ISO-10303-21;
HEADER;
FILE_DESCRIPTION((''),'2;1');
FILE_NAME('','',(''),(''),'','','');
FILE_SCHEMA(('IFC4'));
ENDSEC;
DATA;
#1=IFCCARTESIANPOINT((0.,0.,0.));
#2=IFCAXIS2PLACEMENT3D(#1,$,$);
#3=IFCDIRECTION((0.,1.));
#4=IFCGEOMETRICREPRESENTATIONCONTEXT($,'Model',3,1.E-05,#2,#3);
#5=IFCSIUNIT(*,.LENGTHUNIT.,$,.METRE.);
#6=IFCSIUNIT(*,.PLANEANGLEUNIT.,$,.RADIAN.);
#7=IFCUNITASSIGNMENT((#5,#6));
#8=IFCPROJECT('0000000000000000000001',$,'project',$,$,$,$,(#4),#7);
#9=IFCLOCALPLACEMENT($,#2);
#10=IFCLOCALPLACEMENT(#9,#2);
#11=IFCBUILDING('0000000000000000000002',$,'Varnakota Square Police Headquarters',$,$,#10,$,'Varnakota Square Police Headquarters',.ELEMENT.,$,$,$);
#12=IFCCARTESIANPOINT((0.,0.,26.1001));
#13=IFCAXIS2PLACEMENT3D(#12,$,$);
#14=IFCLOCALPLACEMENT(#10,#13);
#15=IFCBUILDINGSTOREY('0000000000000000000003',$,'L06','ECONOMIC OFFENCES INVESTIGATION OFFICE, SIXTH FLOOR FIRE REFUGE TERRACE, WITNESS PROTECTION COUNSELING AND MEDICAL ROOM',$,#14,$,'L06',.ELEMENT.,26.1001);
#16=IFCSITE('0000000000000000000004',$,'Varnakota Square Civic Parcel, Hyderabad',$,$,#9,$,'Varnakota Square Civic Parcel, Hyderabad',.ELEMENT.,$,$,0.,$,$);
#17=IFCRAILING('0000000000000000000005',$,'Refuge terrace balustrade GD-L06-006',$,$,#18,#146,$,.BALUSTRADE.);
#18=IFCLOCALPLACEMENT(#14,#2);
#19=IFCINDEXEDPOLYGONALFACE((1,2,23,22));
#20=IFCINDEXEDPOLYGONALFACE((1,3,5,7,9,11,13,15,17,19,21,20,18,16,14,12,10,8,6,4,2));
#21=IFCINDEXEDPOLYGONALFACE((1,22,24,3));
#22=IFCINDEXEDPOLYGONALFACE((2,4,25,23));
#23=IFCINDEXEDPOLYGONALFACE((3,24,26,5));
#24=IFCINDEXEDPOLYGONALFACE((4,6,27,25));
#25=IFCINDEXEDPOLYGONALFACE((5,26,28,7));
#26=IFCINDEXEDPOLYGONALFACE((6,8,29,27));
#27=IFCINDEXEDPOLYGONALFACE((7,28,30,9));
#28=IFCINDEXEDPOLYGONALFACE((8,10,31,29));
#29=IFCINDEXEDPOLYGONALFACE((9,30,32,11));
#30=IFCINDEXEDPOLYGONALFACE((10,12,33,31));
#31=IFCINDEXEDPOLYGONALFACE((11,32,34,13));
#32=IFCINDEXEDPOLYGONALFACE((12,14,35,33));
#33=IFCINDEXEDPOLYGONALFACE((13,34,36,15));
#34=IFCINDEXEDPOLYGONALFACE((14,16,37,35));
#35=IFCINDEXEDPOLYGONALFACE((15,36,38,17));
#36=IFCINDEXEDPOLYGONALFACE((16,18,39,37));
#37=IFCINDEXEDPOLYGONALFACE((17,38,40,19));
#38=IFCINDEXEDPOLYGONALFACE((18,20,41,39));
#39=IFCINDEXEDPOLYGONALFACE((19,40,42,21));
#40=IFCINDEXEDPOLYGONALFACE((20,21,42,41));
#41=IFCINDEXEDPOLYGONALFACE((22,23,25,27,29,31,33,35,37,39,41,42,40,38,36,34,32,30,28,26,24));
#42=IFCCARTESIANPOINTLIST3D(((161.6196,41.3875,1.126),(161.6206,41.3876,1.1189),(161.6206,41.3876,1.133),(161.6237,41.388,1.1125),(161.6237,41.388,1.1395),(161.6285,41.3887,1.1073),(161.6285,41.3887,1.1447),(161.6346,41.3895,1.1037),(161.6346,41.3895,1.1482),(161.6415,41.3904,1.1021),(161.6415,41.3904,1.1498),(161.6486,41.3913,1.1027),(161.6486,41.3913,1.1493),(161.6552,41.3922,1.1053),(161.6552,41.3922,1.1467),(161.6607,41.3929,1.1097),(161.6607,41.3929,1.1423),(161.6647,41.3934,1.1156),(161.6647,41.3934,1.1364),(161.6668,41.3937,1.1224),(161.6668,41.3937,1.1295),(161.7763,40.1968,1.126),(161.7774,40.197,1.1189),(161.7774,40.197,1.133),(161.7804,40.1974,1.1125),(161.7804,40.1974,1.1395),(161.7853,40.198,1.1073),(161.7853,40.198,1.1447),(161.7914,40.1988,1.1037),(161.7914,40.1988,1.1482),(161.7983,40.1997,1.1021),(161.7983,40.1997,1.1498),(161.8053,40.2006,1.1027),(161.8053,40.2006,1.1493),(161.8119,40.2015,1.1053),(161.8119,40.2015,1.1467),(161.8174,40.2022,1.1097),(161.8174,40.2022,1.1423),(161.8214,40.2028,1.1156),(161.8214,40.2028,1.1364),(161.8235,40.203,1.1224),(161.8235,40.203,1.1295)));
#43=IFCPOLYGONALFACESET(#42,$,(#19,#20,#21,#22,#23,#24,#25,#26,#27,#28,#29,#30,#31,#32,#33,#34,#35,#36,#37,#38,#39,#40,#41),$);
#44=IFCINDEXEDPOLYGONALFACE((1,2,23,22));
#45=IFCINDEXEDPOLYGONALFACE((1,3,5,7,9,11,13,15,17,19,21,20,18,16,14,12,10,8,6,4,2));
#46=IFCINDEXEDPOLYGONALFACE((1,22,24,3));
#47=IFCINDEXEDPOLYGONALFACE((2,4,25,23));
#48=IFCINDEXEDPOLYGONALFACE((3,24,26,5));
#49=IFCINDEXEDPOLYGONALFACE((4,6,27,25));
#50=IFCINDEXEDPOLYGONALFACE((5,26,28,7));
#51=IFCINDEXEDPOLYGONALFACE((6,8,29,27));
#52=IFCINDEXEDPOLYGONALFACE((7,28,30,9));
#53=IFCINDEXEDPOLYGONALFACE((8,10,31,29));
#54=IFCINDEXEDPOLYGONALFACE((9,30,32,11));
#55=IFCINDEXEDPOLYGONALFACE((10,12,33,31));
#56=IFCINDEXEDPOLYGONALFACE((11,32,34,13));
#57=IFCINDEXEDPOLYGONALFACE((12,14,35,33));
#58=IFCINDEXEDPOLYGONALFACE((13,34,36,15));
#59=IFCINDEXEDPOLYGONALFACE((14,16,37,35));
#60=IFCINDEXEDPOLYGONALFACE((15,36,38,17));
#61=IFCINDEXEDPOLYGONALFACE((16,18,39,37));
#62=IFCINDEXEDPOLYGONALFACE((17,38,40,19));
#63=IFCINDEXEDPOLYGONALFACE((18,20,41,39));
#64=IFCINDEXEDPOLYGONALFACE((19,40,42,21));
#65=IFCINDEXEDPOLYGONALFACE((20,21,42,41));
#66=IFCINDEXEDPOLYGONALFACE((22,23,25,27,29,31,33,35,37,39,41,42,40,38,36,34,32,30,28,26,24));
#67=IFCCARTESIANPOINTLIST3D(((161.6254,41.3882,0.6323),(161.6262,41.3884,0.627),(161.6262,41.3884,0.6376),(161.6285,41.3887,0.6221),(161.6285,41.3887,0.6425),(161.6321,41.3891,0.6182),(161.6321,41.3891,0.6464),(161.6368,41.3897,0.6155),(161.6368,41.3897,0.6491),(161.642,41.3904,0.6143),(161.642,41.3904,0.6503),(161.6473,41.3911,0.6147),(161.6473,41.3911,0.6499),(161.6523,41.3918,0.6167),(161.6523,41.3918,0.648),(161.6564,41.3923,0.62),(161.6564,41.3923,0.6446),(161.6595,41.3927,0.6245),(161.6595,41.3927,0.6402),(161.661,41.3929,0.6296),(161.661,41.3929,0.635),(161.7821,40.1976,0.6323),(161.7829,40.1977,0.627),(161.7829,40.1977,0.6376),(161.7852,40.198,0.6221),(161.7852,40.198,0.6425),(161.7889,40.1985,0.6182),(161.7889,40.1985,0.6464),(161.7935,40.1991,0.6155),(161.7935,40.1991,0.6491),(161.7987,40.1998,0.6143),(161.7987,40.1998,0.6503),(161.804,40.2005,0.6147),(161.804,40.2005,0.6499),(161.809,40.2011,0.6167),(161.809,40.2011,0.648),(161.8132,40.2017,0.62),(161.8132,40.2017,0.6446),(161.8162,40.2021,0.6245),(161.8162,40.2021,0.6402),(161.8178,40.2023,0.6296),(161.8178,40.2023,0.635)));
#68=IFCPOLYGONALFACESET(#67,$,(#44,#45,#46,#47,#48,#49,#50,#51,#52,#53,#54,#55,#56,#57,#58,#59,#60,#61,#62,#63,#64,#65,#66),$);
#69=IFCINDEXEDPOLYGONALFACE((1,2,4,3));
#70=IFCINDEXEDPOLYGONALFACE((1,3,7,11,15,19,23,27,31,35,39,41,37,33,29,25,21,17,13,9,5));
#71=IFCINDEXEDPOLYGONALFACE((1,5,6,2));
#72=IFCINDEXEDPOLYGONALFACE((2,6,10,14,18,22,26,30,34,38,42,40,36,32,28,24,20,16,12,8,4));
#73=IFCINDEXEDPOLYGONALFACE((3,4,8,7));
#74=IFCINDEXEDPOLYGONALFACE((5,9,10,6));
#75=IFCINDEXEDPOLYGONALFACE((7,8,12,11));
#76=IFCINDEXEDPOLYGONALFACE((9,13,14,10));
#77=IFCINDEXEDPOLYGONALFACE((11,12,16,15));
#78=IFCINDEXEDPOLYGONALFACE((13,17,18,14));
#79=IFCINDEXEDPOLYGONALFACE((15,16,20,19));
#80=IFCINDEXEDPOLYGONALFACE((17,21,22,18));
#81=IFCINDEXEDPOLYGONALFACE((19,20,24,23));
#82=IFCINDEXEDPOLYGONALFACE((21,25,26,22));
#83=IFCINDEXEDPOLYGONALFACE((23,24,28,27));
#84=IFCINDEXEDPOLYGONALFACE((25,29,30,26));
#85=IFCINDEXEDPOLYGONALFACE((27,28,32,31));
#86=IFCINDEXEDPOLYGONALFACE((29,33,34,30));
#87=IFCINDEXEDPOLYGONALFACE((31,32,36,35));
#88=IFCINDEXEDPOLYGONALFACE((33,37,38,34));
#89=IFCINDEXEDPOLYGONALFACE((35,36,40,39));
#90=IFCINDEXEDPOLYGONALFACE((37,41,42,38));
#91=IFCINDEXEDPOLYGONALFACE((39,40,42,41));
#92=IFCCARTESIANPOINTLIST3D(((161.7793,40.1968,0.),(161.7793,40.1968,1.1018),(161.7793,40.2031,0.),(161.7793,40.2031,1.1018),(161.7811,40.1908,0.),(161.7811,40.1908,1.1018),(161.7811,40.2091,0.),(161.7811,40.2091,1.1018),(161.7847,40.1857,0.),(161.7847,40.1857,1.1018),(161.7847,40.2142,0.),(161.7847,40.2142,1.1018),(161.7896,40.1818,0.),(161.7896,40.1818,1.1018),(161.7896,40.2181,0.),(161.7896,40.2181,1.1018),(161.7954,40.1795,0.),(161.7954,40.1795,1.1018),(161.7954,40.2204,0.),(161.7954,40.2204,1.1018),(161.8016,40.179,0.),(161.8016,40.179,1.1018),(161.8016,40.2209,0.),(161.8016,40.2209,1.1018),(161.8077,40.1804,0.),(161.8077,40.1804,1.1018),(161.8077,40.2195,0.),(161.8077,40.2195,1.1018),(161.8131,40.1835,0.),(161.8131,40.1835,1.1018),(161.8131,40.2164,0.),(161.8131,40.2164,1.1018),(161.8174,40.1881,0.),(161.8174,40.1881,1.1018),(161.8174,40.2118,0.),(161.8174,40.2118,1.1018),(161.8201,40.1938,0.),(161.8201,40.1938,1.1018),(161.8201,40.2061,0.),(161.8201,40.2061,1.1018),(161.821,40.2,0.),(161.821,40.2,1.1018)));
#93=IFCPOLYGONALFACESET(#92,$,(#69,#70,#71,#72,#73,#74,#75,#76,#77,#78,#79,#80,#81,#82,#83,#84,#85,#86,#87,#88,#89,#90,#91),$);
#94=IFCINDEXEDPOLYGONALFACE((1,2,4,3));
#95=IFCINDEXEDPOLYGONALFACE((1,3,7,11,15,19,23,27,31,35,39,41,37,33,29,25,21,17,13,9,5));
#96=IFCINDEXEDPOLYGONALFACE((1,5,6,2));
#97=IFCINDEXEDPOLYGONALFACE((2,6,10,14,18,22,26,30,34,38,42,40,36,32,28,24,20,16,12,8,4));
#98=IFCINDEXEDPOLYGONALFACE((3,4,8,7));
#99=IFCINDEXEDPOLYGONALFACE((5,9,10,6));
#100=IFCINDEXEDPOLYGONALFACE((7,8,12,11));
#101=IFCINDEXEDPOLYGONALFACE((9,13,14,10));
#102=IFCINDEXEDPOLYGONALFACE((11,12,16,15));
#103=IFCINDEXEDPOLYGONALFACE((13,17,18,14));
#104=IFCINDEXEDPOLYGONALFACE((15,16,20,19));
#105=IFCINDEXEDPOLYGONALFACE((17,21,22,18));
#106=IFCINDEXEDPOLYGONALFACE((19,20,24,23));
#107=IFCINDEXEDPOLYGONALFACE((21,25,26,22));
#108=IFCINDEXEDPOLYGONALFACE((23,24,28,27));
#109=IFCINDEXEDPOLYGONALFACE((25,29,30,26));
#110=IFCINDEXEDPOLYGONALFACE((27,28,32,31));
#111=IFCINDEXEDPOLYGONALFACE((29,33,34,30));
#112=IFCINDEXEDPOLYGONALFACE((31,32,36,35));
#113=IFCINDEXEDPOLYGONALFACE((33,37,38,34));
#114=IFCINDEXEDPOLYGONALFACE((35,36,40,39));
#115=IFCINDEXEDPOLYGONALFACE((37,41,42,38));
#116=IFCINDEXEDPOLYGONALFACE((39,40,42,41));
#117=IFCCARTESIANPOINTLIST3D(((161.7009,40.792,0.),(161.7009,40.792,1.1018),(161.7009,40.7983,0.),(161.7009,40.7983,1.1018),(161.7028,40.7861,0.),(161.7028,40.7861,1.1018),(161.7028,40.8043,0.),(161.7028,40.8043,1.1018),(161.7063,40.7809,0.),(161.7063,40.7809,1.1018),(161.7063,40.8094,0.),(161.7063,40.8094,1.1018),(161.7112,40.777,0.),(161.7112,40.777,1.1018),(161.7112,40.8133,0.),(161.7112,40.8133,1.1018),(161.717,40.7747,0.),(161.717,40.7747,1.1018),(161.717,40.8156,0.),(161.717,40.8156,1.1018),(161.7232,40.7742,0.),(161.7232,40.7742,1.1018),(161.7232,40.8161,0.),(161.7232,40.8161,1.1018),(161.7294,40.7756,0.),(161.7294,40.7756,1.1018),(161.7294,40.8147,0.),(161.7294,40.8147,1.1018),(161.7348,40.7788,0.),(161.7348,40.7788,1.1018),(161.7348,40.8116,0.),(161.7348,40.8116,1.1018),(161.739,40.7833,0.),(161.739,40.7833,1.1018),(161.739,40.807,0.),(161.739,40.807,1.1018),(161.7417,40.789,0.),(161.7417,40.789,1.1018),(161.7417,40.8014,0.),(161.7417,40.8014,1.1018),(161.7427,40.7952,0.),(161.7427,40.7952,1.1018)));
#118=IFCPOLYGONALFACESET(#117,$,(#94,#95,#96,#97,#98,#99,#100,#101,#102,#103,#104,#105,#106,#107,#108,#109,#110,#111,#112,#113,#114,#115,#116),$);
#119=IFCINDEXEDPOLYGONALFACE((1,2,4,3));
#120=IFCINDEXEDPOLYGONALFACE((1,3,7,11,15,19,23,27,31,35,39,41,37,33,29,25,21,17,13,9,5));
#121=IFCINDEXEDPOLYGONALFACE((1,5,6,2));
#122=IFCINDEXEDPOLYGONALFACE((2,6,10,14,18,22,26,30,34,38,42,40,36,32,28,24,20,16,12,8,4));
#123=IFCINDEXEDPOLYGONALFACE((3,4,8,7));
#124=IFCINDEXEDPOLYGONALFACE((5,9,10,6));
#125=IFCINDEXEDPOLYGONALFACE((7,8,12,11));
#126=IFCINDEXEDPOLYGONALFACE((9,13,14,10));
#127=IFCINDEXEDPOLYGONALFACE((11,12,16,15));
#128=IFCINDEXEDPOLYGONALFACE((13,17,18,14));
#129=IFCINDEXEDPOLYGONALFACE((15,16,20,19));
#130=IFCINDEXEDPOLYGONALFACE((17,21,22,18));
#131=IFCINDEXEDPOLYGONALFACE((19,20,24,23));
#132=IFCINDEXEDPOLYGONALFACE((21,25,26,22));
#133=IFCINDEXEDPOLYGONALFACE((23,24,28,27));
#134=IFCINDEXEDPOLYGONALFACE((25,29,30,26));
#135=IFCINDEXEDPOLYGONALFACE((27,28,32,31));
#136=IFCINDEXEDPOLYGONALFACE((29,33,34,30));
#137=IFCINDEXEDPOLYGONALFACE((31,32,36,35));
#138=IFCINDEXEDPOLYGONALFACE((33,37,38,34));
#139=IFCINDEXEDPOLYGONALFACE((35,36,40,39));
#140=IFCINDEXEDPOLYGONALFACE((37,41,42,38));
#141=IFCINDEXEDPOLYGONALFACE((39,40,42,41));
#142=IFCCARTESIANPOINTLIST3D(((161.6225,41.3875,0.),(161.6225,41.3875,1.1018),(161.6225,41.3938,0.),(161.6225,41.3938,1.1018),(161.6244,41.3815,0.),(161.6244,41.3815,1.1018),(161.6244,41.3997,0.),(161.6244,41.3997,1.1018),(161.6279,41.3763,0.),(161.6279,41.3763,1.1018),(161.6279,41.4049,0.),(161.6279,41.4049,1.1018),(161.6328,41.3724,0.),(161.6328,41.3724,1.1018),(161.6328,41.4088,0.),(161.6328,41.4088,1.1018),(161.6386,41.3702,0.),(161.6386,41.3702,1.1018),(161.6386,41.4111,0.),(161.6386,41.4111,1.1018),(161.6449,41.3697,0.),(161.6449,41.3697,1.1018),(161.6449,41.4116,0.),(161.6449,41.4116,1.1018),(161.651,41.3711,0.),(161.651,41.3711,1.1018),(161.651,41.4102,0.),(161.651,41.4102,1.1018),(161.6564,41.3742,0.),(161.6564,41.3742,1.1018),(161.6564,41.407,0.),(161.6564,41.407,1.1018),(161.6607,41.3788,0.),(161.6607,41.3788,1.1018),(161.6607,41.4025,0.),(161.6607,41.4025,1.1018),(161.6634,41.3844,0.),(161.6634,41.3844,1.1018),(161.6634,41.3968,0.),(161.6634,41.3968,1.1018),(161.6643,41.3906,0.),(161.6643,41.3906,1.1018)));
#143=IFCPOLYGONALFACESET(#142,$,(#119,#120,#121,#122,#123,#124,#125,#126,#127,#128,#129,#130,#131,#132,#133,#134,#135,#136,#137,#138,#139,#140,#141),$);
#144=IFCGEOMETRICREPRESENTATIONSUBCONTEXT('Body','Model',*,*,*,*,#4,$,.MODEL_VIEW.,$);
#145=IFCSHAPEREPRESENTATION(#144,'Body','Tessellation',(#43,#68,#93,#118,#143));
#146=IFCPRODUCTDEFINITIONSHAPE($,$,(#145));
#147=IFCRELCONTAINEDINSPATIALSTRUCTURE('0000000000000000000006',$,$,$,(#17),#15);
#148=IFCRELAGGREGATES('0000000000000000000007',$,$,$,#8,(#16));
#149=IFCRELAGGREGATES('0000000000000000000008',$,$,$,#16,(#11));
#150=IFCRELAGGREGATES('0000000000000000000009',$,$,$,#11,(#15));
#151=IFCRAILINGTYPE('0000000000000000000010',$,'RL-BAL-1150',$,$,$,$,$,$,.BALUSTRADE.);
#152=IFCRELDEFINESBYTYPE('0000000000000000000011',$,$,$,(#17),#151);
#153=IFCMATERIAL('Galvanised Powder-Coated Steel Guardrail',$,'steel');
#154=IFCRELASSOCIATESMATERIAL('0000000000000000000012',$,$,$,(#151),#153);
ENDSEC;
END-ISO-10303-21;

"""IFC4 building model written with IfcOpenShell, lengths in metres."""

from ifc_helpers import new_model, si_unit, direction, frame, origin, origin_2d, place, context, subcontext, project, spatial, circle, extrude, material, type_object, element, save


model = new_model("IFC4")

# Units and contexts
model_context = context("Model", 3, precision=1e-05, world=origin(), true_north=direction((0.0, 1.0)))
body_context = subcontext(model_context, "Body", "Model", "MODEL_VIEW")
ifc_project = project(units=[si_unit("LENGTHUNIT", "METRE"), si_unit("PLANEANGLEUNIT", "RADIAN")], contexts=[model_context])

# Site, building, storey
site_placement = place(None, origin())
site = spatial("IfcSite", under=ifc_project, at=site_placement, Name="Varnakota Square Civic Parcel, Hyderabad", LongName="Varnakota Square Civic Parcel, Hyderabad", CompositionType="ELEMENT", RefElevation=0.0)
building_placement = place(site_placement, origin())
building = spatial("IfcBuilding", under=site, at=building_placement, Name="Varnakota Square Police Headquarters", LongName="Varnakota Square Police Headquarters", CompositionType="ELEMENT")
storey_placement = place(building_placement, frame((0.0, 0.0, 26.1001)))
storey = spatial("IfcBuildingStorey", under=building, at=storey_placement, Name="L06", Description="ECONOMIC OFFENCES INVESTIGATION OFFICE, SIXTH FLOOR FIRE REFUGE TERRACE, WITNESS PROTECTION COUNSELING AND MEDICAL ROOM", LongName="L06", CompositionType="ELEMENT", Elevation=26.1001)

# Railing
ifc_material_1 = material(Name="Galvanised Powder-Coated Steel Guardrail", Category="steel")
railing_type = type_object("IfcRailingType", Name="RL-BAL-1150", PredefinedType="BALUSTRADE", material=ifc_material_1)
railing_1_placement = place(storey_placement, frame((161.8, 40.2, 0.0)))
element("IfcRailing", 1, at=railing_1_placement, inside=storey, type_object=railing_type, Name="Refuge terrace balustrade GD-L06-006", PredefinedType="BALUSTRADE", context=body_context, shape_type="SweptSolid", body=[
    extrude(circle(Radius=0.0239, at=origin_2d()), frame((0.0, 0.0, 1.126), z_axis=(-0.130512, 0.991447, 0.0), x_axis=(-0.991447, -0.130512, 0.0)), (0.0, 0.0, 1.0), 1.2009),
    extrude(circle(Radius=0.0181, at=origin_2d()), frame((0.0, 0.0, 0.6323), z_axis=(-0.130512, 0.991447, 0.0), x_axis=(-0.991447, -0.130512, 0.0)), (0.0, 0.0, 1.0), 1.2009),
    extrude(circle(Radius=0.021, at=origin_2d()), origin(), (0.0, 0.0, 1.0), 1.1018),
    extrude(circle(Radius=0.021, at=origin_2d()), frame((-0.0784, 0.5952, 0.0)), (0.0, 0.0, 1.0), 1.1018),
    extrude(circle(Radius=0.021, at=origin_2d()), frame((-0.1567, 1.1907, 0.0)), (0.0, 0.0, 1.0), 1.1018),
])

save(model, "model.ifc")
